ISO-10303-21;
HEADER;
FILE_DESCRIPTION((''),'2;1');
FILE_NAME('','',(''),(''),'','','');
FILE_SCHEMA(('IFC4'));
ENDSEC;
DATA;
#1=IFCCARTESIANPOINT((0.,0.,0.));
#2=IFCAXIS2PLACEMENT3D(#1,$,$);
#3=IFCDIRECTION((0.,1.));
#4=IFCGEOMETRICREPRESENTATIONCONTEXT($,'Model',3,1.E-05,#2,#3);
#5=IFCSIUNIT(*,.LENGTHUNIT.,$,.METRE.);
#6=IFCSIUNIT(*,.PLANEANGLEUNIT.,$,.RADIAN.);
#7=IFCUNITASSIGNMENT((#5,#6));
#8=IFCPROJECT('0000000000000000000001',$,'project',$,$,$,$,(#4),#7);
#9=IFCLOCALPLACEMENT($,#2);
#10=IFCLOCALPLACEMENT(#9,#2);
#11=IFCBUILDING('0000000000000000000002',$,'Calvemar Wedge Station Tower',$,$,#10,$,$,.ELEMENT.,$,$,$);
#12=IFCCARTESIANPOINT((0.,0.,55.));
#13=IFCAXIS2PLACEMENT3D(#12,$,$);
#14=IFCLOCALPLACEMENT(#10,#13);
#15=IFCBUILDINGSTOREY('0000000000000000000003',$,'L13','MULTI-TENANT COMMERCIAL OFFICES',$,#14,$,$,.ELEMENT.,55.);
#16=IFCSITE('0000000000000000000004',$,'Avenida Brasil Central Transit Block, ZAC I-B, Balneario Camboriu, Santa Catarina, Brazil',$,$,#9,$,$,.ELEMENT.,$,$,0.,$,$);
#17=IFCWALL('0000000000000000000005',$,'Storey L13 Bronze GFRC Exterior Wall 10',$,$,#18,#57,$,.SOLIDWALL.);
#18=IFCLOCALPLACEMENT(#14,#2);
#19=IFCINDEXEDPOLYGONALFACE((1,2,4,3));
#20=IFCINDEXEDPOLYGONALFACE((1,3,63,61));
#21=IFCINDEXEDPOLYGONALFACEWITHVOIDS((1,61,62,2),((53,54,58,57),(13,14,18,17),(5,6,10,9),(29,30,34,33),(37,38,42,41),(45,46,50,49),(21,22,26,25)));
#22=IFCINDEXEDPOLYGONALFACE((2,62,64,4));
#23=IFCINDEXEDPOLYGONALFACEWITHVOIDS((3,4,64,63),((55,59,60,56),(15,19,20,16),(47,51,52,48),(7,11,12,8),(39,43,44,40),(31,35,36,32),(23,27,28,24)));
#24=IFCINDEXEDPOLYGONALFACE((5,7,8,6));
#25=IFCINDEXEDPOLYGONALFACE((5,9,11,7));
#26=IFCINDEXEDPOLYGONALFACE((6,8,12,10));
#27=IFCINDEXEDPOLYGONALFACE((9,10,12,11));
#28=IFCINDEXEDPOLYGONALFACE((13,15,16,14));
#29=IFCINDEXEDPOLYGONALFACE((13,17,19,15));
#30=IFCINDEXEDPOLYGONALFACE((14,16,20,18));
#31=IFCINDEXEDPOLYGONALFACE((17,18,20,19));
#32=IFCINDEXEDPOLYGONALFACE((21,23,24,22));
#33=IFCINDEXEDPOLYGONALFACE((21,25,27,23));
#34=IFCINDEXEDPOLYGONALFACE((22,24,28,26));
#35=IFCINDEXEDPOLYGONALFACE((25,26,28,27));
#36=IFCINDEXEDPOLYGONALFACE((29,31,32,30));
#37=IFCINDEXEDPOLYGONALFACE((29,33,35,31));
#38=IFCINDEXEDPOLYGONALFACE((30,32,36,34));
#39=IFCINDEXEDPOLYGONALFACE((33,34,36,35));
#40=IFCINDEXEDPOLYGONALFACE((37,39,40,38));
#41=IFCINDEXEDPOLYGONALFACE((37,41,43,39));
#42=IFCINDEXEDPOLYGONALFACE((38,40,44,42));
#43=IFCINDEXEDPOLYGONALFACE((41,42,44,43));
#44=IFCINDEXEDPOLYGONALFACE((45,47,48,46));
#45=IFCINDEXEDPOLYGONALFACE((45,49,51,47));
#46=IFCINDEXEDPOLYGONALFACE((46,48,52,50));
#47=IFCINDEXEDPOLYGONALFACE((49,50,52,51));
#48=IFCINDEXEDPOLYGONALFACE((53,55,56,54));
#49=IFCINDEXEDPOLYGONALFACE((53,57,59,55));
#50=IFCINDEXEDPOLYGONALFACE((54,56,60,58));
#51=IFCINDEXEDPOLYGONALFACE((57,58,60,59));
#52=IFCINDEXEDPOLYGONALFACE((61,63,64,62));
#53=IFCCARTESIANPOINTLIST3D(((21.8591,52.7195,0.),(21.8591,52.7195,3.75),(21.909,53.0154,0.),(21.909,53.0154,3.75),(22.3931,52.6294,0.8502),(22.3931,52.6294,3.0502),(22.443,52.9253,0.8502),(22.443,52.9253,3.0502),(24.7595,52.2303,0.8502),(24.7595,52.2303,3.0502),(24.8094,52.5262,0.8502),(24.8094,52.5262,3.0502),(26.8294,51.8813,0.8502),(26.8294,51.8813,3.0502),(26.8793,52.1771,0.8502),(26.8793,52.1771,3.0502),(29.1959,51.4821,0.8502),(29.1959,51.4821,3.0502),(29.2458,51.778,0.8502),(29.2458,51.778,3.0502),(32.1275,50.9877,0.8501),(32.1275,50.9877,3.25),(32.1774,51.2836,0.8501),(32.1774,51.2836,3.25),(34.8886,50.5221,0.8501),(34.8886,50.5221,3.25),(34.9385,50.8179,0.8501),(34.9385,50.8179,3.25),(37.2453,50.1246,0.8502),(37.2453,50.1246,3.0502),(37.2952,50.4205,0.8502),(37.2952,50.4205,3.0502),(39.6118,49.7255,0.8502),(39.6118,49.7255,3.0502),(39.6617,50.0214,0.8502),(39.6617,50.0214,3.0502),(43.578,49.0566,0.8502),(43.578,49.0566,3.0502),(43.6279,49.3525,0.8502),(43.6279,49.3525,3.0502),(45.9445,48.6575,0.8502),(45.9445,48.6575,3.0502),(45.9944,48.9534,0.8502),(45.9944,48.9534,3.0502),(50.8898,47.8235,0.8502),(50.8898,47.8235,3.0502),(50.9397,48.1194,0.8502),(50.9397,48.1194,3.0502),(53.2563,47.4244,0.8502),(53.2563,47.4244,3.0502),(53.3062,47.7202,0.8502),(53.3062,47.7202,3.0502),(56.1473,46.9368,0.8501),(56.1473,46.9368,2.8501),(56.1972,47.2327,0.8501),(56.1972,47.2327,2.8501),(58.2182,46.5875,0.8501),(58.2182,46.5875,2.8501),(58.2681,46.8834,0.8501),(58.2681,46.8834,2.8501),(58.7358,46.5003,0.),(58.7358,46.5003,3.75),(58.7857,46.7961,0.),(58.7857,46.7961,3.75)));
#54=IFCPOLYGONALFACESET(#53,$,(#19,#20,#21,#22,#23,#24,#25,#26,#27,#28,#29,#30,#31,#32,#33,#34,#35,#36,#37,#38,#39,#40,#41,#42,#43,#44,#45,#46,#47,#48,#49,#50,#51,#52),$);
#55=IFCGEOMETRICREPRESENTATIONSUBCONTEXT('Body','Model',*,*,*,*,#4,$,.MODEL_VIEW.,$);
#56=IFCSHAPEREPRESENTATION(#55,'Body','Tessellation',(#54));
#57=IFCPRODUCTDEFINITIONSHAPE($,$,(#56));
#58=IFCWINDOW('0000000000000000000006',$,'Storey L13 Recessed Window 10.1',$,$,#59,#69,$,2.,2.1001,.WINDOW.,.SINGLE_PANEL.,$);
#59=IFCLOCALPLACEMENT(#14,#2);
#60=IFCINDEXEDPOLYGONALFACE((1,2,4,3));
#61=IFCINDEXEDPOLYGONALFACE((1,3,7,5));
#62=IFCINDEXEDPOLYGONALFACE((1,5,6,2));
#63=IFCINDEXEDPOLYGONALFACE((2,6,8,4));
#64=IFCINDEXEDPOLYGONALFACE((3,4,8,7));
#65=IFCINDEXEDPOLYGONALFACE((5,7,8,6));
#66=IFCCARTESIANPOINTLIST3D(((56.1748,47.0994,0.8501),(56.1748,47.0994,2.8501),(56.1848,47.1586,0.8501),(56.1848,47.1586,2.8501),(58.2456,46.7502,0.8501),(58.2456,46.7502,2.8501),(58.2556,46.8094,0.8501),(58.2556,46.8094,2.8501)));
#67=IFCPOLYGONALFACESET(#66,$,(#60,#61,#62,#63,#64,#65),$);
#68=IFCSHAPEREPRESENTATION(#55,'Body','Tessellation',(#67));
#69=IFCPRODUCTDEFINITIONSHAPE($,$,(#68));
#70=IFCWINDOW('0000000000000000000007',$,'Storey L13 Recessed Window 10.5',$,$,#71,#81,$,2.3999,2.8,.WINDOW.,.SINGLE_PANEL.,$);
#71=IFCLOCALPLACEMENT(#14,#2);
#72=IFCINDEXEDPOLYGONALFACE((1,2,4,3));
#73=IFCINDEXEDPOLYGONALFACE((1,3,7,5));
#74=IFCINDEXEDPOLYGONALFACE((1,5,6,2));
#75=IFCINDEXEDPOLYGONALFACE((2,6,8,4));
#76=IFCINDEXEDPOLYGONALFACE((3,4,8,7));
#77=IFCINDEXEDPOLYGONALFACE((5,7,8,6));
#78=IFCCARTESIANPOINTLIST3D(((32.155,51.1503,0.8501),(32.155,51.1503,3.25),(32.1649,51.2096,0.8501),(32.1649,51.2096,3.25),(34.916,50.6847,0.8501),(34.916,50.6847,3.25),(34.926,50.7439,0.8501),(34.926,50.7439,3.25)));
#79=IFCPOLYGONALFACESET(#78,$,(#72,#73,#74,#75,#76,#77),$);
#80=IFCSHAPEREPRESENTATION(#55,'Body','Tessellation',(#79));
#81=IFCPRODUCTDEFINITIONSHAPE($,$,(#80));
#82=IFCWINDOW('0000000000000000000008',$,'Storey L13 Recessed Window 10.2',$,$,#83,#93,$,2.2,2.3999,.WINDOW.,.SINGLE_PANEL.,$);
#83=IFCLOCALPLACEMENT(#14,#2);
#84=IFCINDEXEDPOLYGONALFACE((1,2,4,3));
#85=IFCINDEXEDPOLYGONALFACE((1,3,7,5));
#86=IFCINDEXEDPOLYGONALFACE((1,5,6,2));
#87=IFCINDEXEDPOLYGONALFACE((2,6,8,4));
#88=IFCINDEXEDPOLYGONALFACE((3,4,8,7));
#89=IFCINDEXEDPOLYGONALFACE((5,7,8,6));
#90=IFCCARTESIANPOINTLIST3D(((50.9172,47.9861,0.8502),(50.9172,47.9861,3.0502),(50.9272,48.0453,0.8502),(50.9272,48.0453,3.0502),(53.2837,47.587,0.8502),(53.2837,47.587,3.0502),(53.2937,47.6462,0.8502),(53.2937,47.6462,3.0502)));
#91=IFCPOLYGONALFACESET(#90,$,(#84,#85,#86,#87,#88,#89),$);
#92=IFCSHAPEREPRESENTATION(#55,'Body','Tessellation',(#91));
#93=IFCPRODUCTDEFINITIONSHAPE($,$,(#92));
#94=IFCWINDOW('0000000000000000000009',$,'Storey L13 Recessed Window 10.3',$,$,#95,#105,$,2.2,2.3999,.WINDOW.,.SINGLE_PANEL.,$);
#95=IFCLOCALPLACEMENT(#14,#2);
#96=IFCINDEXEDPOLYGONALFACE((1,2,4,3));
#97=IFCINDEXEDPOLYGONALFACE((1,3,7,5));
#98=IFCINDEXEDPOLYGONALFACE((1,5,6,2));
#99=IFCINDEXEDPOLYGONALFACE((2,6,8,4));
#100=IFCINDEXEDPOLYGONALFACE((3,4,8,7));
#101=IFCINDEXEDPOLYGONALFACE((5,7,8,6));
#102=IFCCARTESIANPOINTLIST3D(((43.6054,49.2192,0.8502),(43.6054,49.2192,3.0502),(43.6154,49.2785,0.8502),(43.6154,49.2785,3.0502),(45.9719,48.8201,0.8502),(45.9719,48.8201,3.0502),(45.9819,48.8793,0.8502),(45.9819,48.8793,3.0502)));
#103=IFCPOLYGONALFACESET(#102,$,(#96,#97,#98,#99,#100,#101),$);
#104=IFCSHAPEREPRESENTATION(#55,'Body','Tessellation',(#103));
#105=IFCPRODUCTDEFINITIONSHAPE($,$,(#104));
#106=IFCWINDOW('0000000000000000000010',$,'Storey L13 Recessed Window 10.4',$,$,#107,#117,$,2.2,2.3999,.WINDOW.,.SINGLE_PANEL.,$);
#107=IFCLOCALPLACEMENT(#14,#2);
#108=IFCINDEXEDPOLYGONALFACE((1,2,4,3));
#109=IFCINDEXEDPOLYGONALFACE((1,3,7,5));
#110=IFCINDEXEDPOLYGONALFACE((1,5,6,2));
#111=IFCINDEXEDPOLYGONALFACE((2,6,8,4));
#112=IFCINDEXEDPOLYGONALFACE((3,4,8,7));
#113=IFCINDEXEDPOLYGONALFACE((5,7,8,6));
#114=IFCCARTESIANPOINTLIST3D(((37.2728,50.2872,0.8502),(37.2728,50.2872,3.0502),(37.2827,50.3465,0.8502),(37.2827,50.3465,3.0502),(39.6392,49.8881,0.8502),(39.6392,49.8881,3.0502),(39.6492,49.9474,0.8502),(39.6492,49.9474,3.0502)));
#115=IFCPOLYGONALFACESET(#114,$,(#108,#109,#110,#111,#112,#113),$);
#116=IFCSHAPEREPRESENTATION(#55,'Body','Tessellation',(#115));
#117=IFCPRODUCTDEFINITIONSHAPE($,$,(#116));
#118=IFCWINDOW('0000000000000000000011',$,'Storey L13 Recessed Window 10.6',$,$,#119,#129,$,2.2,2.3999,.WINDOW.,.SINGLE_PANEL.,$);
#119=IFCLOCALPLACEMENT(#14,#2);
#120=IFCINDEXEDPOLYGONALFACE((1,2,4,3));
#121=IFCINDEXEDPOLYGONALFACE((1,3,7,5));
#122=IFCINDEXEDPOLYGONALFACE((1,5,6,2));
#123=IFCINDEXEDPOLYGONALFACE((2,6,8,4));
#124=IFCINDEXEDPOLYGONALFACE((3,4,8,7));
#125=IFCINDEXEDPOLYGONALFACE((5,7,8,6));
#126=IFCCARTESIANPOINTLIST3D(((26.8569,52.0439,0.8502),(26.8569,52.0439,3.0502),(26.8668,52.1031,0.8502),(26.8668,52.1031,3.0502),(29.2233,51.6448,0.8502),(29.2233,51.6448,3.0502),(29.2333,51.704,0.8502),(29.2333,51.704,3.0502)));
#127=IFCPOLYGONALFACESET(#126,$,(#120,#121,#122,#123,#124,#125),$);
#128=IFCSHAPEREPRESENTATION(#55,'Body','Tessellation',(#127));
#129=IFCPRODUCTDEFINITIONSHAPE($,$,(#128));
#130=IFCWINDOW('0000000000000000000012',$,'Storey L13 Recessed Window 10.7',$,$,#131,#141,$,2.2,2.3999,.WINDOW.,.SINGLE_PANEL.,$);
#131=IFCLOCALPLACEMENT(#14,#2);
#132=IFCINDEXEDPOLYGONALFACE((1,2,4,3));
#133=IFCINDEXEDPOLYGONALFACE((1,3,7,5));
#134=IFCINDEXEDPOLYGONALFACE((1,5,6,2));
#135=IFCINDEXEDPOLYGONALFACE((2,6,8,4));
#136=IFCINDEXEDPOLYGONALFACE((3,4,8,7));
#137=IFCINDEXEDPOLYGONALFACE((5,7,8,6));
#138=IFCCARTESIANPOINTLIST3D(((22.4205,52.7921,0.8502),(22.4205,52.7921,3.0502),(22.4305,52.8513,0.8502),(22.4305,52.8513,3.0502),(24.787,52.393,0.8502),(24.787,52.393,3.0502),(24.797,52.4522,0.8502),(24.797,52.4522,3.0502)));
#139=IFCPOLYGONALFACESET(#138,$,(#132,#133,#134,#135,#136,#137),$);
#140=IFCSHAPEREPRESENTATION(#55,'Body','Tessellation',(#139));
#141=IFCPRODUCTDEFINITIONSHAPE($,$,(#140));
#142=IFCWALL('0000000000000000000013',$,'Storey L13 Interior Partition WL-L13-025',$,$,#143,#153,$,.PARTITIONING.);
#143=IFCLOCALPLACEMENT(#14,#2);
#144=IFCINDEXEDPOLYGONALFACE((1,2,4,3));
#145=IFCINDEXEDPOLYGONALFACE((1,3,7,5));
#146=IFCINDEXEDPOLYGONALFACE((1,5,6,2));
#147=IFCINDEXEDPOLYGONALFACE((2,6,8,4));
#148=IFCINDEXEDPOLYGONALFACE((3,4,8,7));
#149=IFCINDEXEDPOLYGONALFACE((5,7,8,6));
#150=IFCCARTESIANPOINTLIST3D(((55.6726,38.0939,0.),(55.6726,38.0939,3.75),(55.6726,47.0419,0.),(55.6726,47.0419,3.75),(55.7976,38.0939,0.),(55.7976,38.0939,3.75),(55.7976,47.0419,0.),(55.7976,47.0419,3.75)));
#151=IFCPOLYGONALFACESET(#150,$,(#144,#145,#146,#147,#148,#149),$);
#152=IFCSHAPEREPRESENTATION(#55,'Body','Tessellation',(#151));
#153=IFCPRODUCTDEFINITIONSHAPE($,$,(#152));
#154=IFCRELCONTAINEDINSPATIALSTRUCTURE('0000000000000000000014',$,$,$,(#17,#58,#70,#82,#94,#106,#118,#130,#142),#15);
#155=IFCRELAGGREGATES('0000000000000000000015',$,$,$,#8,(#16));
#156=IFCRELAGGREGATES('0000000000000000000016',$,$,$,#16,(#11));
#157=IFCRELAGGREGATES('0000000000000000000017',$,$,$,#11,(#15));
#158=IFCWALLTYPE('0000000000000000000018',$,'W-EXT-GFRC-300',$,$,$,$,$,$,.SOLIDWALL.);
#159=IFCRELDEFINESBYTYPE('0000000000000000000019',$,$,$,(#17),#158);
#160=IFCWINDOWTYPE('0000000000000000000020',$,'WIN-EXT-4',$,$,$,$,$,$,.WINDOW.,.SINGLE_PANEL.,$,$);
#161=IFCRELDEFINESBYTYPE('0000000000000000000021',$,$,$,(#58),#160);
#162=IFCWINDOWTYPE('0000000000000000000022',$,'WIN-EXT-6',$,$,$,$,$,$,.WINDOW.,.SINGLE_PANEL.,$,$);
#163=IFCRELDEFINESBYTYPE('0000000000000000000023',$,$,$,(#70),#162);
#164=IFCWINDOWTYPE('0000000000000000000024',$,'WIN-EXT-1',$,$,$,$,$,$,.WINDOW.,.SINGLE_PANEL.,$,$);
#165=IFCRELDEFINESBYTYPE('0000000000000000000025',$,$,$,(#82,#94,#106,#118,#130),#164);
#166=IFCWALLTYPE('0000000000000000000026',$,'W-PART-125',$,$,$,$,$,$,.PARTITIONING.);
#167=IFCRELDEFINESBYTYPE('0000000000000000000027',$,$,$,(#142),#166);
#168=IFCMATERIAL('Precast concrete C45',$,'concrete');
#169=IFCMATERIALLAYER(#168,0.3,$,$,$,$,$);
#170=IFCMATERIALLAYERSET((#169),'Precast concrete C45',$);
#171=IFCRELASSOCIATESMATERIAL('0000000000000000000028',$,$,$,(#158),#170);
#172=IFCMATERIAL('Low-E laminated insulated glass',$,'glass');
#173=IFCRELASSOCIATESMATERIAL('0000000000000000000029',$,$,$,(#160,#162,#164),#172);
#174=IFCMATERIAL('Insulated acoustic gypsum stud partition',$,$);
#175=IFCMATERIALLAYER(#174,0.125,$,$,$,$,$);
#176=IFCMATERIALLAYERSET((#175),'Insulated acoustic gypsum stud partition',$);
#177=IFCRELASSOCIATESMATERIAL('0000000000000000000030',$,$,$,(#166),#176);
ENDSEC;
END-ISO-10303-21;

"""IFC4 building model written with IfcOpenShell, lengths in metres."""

from ifc_helpers import new_model, si_unit, direction, frame, frame_2d, origin, place, context, subcontext, project, spatial, rectangle, extrude, source, transform, mapped, material, layer, layer_set, type_object, element, fill, save


model = new_model("IFC4")

# Units and contexts
model_context = context("Model", 3, precision=1e-05, world=origin(), true_north=direction((0.0, 1.0)))
body_context = subcontext(model_context, "Body", "Model", "MODEL_VIEW")
ifc_project = project(units=[si_unit("LENGTHUNIT", "METRE"), si_unit("PLANEANGLEUNIT", "RADIAN")], contexts=[model_context])

# Site, building, storey
site_placement = place(None, origin())
site = spatial("IfcSite", under=ifc_project, at=site_placement, Name="Avenida Brasil Central Transit Block, ZAC I-B, Balneario Camboriu, Santa Catarina, Brazil", CompositionType="ELEMENT", RefElevation=0.0)
building_placement = place(site_placement, origin())
building = spatial("IfcBuilding", under=site, at=building_placement, Name="Calvemar Wedge Station Tower", CompositionType="ELEMENT")
storey_placement = place(building_placement, frame((0.0, 0.0, 55.0)))
storey = spatial("IfcBuildingStorey", under=building, at=storey_placement, Name="L13", Description="MULTI-TENANT COMMERCIAL OFFICES", CompositionType="ELEMENT", Elevation=55.0)

# Shared definitions
ifc_material_1 = material(Name="Low-E laminated insulated glass", Category="glass")

# Shared definitions
ifc_material_2 = material(Name="Precast concrete C45", Category="concrete")
ifc_layer_1 = layer(ifc_material_2, 0.3)
ifc_layer_set_1 = layer_set([ifc_layer_1], Name="Precast concrete C45")
wall_type_1 = type_object("IfcWallType", Name="W-EXT-GFRC-300", PredefinedType="SOLIDWALL", material=ifc_layer_set_1)

# Wall, openings, windows
wall_1_placement = place(storey_placement, frame((58.7607, 46.6482, 0.0), z_axis=(0.0, 0.0, 1.0), x_axis=(-0.986075, 0.166301, 0.0)))
wall_1 = element("IfcWall", 1, at=wall_1_placement, inside=storey, type_object=wall_type_1, Name="Storey L13 Bronze GFRC Exterior Wall 10", PredefinedType="SOLIDWALL", context=body_context, shape_type="SweptSolid", body=[
    extrude(rectangle(XDim=37.3975, YDim=0.3, at=frame_2d((18.6987, 0.0))), origin(), (0.0, 0.0, 1.0), 3.75),
])
shared_shape_1 = source(origin(), body_context, "Body", "SweptSolid", [
    extrude(rectangle(XDim=2.1001, YDim=2.0, at=frame_2d((1.05, 1.0))), frame((0.0, 0.1602, 0.0), z_axis=(0.0, -1.0, 0.0), x_axis=(1.0, 0.0, 0.0)), (0.0, 0.0, 1.0), 0.3201),
])
opening_1_placement = place(wall_1_placement, frame((0.5249, 0.0, 0.8501)))
opening_1 = element("IfcOpeningElement", 2, at=opening_1_placement, cuts=wall_1, PredefinedType="OPENING", context=body_context, shape_type="MappedRepresentation", body=[
    mapped(shared_shape_1, transform((0.0, 0.0, 0.0), scale=1.0)),
])
shared_shape_2 = source(origin(), body_context, "Body", "SweptSolid", [
    extrude(rectangle(XDim=2.3999, YDim=2.2, at=frame_2d((1.2, 1.1001))), frame((0.0, 0.1602, 0.0), z_axis=(0.0, -1.0, 0.0), x_axis=(1.0, 0.0, 0.0)), (0.0, 0.0, 1.0), 0.3201),
])
opening_2_placement = place(wall_1_placement, frame((5.5569, 0.0, 0.8501)))
opening_2 = element("IfcOpeningElement", 3, at=opening_2_placement, cuts=wall_1, PredefinedType="OPENING", context=body_context, shape_type="MappedRepresentation", body=[
    mapped(shared_shape_2, transform((0.0, 0.0, 0.0), scale=1.0)),
])
opening_3_placement = place(wall_1_placement, frame((12.9719, 0.0, 0.8501)))
opening_3 = element("IfcOpeningElement", 4, at=opening_3_placement, cuts=wall_1, PredefinedType="OPENING", context=body_context, shape_type="MappedRepresentation", body=[
    mapped(shared_shape_2, transform((0.0, 0.0, 0.0), scale=1.0)),
])
opening_4_placement = place(wall_1_placement, frame((19.394, 0.0, 0.8501)))
opening_4 = element("IfcOpeningElement", 5, at=opening_4_placement, cuts=wall_1, PredefinedType="OPENING", context=body_context, shape_type="MappedRepresentation", body=[
    mapped(shared_shape_2, transform((0.0, 0.0, 0.0), scale=1.0)),
])
shared_shape_3 = source(origin(), body_context, "Body", "SweptSolid", [
    extrude(rectangle(XDim=2.8, YDim=2.3999, at=frame_2d((1.3999, 1.2))), frame((0.0, 0.1602, 0.0), z_axis=(0.0, -1.0, 0.0), x_axis=(1.0, 0.0, 0.0)), (0.0, 0.0, 1.0), 0.3201),
])
opening_5_placement = place(wall_1_placement, frame((24.1841, 0.0, 0.8501)))
opening_5 = element("IfcOpeningElement", 6, at=opening_5_placement, cuts=wall_1, PredefinedType="OPENING", context=body_context, shape_type="MappedRepresentation", body=[
    mapped(shared_shape_3, transform((0.0, 0.0, 0.0), scale=1.0)),
])
opening_6_placement = place(wall_1_placement, frame((29.957, 0.0, 0.8501)))
opening_6 = element("IfcOpeningElement", 7, at=opening_6_placement, cuts=wall_1, PredefinedType="OPENING", context=body_context, shape_type="MappedRepresentation", body=[
    mapped(shared_shape_2, transform((0.0, 0.0, 0.0), scale=1.0)),
])
opening_7_placement = place(wall_1_placement, frame((34.4561, 0.0, 0.8501)))
opening_7 = element("IfcOpeningElement", 8, at=opening_7_placement, cuts=wall_1, PredefinedType="OPENING", context=body_context, shape_type="MappedRepresentation", body=[
    mapped(shared_shape_2, transform((0.0, 0.0, 0.0), scale=1.0)),
])
window_type_1 = type_object("IfcWindowType", Name="WIN-EXT-4", PartitioningType="SINGLE_PANEL", PredefinedType="WINDOW", material=ifc_material_1)
shared_shape_4 = source(origin(), body_context, "Body", "SweptSolid", [
    extrude(rectangle(XDim=2.1001, YDim=2.0, at=frame_2d((1.05, 1.0))), frame((0.0, -0.0149, 0.0), z_axis=(0.0, -1.0, 0.0), x_axis=(1.0, 0.0, 0.0)), (0.0, 0.0, 1.0), 0.0601),
])
window_1_placement = place(opening_1_placement, origin())
window_1 = element("IfcWindow", 9, at=window_1_placement, inside=storey, type_object=window_type_1, Name="Storey L13 Recessed Window 10.1", OverallHeight=2.0, OverallWidth=2.1001, PartitioningType="SINGLE_PANEL", PredefinedType="WINDOW", context=body_context, shape_type="MappedRepresentation", body=[
    mapped(shared_shape_4, transform((0.0, 0.0, 0.0), scale=1.0)),
])
fill(opening_1, window_1)
window_type_2 = type_object("IfcWindowType", Name="WIN-EXT-6", PartitioningType="SINGLE_PANEL", PredefinedType="WINDOW", material=ifc_material_1)
shared_shape_5 = source(origin(), body_context, "Body", "SweptSolid", [
    extrude(rectangle(XDim=2.8, YDim=2.3999, at=frame_2d((1.3999, 1.2))), frame((0.0, -0.0149, 0.0), z_axis=(0.0, -1.0, 0.0), x_axis=(1.0, 0.0, 0.0)), (0.0, 0.0, 1.0), 0.0601),
])
window_2_placement = place(opening_5_placement, origin())
window_2 = element("IfcWindow", 10, at=window_2_placement, inside=storey, type_object=window_type_2, Name="Storey L13 Recessed Window 10.5", OverallHeight=2.3999, OverallWidth=2.8, PartitioningType="SINGLE_PANEL", PredefinedType="WINDOW", context=body_context, shape_type="MappedRepresentation", body=[
    mapped(shared_shape_5, transform((0.0, 0.0, 0.0), scale=1.0)),
])
fill(opening_5, window_2)
window_type_3 = type_object("IfcWindowType", Name="WIN-EXT-1", PartitioningType="SINGLE_PANEL", PredefinedType="WINDOW", material=ifc_material_1)
shared_shape_6 = source(origin(), body_context, "Body", "SweptSolid", [
    extrude(rectangle(XDim=2.3999, YDim=2.2, at=frame_2d((1.2, 1.1001))), frame((0.0, -0.0149, 0.0), z_axis=(0.0, -1.0, 0.0), x_axis=(1.0, 0.0, 0.0)), (0.0, 0.0, 1.0), 0.0601),
])
window_3_placement = place(opening_2_placement, origin())
window_3 = element("IfcWindow", 11, at=window_3_placement, inside=storey, type_object=window_type_3, Name="Storey L13 Recessed Window 10.2", OverallHeight=2.2, OverallWidth=2.3999, PartitioningType="SINGLE_PANEL", PredefinedType="WINDOW", context=body_context, shape_type="MappedRepresentation", body=[
    mapped(shared_shape_6, transform((0.0, 0.0, 0.0), scale=1.0)),
])
fill(opening_2, window_3)
window_4_placement = place(opening_3_placement, origin())
window_4 = element("IfcWindow", 12, at=window_4_placement, inside=storey, type_object=window_type_3, Name="Storey L13 Recessed Window 10.3", OverallHeight=2.2, OverallWidth=2.3999, PartitioningType="SINGLE_PANEL", PredefinedType="WINDOW", context=body_context, shape_type="MappedRepresentation", body=[
    mapped(shared_shape_6, transform((0.0, 0.0, 0.0), scale=1.0)),
])
fill(opening_3, window_4)
window_5_placement = place(opening_4_placement, origin())
window_5 = element("IfcWindow", 13, at=window_5_placement, inside=storey, type_object=window_type_3, Name="Storey L13 Recessed Window 10.4", OverallHeight=2.2, OverallWidth=2.3999, PartitioningType="SINGLE_PANEL", PredefinedType="WINDOW", context=body_context, shape_type="MappedRepresentation", body=[
    mapped(shared_shape_6, transform((0.0, 0.0, 0.0), scale=1.0)),
])
fill(opening_4, window_5)
window_6_placement = place(opening_6_placement, origin())
window_6 = element("IfcWindow", 14, at=window_6_placement, inside=storey, type_object=window_type_3, Name="Storey L13 Recessed Window 10.6", OverallHeight=2.2, OverallWidth=2.3999, PartitioningType="SINGLE_PANEL", PredefinedType="WINDOW", context=body_context, shape_type="MappedRepresentation", body=[
    mapped(shared_shape_6, transform((0.0, 0.0, 0.0), scale=1.0)),
])
fill(opening_6, window_6)
window_7_placement = place(opening_7_placement, origin())
window_7 = element("IfcWindow", 15, at=window_7_placement, inside=storey, type_object=window_type_3, Name="Storey L13 Recessed Window 10.7", OverallHeight=2.2, OverallWidth=2.3999, PartitioningType="SINGLE_PANEL", PredefinedType="WINDOW", context=body_context, shape_type="MappedRepresentation", body=[
    mapped(shared_shape_6, transform((0.0, 0.0, 0.0), scale=1.0)),
])
fill(opening_7, window_7)

# Wall
ifc_material_3 = material(Name="Insulated acoustic gypsum stud partition")
ifc_layer_2 = layer(ifc_material_3, 0.125)
ifc_layer_set_2 = layer_set([ifc_layer_2], Name="Insulated acoustic gypsum stud partition")
wall_type_2 = type_object("IfcWallType", Name="W-PART-125", PredefinedType="PARTITIONING", material=ifc_layer_set_2)
wall_2_placement = place(storey_placement, frame((55.7351, 47.042, 0.0), z_axis=(0.0, 0.0, 1.0), x_axis=(0.0, -1.0, 0.0)))
element("IfcWall", 16, at=wall_2_placement, inside=storey, type_object=wall_type_2, Name="Storey L13 Interior Partition WL-L13-025", PredefinedType="PARTITIONING", context=body_context, shape_type="SweptSolid", body=[
    extrude(rectangle(XDim=8.948, YDim=0.125, at=frame_2d((4.4741, 0.0))), origin(), (0.0, 0.0, 1.0), 3.75),
])

save(model, "model.ifc")
